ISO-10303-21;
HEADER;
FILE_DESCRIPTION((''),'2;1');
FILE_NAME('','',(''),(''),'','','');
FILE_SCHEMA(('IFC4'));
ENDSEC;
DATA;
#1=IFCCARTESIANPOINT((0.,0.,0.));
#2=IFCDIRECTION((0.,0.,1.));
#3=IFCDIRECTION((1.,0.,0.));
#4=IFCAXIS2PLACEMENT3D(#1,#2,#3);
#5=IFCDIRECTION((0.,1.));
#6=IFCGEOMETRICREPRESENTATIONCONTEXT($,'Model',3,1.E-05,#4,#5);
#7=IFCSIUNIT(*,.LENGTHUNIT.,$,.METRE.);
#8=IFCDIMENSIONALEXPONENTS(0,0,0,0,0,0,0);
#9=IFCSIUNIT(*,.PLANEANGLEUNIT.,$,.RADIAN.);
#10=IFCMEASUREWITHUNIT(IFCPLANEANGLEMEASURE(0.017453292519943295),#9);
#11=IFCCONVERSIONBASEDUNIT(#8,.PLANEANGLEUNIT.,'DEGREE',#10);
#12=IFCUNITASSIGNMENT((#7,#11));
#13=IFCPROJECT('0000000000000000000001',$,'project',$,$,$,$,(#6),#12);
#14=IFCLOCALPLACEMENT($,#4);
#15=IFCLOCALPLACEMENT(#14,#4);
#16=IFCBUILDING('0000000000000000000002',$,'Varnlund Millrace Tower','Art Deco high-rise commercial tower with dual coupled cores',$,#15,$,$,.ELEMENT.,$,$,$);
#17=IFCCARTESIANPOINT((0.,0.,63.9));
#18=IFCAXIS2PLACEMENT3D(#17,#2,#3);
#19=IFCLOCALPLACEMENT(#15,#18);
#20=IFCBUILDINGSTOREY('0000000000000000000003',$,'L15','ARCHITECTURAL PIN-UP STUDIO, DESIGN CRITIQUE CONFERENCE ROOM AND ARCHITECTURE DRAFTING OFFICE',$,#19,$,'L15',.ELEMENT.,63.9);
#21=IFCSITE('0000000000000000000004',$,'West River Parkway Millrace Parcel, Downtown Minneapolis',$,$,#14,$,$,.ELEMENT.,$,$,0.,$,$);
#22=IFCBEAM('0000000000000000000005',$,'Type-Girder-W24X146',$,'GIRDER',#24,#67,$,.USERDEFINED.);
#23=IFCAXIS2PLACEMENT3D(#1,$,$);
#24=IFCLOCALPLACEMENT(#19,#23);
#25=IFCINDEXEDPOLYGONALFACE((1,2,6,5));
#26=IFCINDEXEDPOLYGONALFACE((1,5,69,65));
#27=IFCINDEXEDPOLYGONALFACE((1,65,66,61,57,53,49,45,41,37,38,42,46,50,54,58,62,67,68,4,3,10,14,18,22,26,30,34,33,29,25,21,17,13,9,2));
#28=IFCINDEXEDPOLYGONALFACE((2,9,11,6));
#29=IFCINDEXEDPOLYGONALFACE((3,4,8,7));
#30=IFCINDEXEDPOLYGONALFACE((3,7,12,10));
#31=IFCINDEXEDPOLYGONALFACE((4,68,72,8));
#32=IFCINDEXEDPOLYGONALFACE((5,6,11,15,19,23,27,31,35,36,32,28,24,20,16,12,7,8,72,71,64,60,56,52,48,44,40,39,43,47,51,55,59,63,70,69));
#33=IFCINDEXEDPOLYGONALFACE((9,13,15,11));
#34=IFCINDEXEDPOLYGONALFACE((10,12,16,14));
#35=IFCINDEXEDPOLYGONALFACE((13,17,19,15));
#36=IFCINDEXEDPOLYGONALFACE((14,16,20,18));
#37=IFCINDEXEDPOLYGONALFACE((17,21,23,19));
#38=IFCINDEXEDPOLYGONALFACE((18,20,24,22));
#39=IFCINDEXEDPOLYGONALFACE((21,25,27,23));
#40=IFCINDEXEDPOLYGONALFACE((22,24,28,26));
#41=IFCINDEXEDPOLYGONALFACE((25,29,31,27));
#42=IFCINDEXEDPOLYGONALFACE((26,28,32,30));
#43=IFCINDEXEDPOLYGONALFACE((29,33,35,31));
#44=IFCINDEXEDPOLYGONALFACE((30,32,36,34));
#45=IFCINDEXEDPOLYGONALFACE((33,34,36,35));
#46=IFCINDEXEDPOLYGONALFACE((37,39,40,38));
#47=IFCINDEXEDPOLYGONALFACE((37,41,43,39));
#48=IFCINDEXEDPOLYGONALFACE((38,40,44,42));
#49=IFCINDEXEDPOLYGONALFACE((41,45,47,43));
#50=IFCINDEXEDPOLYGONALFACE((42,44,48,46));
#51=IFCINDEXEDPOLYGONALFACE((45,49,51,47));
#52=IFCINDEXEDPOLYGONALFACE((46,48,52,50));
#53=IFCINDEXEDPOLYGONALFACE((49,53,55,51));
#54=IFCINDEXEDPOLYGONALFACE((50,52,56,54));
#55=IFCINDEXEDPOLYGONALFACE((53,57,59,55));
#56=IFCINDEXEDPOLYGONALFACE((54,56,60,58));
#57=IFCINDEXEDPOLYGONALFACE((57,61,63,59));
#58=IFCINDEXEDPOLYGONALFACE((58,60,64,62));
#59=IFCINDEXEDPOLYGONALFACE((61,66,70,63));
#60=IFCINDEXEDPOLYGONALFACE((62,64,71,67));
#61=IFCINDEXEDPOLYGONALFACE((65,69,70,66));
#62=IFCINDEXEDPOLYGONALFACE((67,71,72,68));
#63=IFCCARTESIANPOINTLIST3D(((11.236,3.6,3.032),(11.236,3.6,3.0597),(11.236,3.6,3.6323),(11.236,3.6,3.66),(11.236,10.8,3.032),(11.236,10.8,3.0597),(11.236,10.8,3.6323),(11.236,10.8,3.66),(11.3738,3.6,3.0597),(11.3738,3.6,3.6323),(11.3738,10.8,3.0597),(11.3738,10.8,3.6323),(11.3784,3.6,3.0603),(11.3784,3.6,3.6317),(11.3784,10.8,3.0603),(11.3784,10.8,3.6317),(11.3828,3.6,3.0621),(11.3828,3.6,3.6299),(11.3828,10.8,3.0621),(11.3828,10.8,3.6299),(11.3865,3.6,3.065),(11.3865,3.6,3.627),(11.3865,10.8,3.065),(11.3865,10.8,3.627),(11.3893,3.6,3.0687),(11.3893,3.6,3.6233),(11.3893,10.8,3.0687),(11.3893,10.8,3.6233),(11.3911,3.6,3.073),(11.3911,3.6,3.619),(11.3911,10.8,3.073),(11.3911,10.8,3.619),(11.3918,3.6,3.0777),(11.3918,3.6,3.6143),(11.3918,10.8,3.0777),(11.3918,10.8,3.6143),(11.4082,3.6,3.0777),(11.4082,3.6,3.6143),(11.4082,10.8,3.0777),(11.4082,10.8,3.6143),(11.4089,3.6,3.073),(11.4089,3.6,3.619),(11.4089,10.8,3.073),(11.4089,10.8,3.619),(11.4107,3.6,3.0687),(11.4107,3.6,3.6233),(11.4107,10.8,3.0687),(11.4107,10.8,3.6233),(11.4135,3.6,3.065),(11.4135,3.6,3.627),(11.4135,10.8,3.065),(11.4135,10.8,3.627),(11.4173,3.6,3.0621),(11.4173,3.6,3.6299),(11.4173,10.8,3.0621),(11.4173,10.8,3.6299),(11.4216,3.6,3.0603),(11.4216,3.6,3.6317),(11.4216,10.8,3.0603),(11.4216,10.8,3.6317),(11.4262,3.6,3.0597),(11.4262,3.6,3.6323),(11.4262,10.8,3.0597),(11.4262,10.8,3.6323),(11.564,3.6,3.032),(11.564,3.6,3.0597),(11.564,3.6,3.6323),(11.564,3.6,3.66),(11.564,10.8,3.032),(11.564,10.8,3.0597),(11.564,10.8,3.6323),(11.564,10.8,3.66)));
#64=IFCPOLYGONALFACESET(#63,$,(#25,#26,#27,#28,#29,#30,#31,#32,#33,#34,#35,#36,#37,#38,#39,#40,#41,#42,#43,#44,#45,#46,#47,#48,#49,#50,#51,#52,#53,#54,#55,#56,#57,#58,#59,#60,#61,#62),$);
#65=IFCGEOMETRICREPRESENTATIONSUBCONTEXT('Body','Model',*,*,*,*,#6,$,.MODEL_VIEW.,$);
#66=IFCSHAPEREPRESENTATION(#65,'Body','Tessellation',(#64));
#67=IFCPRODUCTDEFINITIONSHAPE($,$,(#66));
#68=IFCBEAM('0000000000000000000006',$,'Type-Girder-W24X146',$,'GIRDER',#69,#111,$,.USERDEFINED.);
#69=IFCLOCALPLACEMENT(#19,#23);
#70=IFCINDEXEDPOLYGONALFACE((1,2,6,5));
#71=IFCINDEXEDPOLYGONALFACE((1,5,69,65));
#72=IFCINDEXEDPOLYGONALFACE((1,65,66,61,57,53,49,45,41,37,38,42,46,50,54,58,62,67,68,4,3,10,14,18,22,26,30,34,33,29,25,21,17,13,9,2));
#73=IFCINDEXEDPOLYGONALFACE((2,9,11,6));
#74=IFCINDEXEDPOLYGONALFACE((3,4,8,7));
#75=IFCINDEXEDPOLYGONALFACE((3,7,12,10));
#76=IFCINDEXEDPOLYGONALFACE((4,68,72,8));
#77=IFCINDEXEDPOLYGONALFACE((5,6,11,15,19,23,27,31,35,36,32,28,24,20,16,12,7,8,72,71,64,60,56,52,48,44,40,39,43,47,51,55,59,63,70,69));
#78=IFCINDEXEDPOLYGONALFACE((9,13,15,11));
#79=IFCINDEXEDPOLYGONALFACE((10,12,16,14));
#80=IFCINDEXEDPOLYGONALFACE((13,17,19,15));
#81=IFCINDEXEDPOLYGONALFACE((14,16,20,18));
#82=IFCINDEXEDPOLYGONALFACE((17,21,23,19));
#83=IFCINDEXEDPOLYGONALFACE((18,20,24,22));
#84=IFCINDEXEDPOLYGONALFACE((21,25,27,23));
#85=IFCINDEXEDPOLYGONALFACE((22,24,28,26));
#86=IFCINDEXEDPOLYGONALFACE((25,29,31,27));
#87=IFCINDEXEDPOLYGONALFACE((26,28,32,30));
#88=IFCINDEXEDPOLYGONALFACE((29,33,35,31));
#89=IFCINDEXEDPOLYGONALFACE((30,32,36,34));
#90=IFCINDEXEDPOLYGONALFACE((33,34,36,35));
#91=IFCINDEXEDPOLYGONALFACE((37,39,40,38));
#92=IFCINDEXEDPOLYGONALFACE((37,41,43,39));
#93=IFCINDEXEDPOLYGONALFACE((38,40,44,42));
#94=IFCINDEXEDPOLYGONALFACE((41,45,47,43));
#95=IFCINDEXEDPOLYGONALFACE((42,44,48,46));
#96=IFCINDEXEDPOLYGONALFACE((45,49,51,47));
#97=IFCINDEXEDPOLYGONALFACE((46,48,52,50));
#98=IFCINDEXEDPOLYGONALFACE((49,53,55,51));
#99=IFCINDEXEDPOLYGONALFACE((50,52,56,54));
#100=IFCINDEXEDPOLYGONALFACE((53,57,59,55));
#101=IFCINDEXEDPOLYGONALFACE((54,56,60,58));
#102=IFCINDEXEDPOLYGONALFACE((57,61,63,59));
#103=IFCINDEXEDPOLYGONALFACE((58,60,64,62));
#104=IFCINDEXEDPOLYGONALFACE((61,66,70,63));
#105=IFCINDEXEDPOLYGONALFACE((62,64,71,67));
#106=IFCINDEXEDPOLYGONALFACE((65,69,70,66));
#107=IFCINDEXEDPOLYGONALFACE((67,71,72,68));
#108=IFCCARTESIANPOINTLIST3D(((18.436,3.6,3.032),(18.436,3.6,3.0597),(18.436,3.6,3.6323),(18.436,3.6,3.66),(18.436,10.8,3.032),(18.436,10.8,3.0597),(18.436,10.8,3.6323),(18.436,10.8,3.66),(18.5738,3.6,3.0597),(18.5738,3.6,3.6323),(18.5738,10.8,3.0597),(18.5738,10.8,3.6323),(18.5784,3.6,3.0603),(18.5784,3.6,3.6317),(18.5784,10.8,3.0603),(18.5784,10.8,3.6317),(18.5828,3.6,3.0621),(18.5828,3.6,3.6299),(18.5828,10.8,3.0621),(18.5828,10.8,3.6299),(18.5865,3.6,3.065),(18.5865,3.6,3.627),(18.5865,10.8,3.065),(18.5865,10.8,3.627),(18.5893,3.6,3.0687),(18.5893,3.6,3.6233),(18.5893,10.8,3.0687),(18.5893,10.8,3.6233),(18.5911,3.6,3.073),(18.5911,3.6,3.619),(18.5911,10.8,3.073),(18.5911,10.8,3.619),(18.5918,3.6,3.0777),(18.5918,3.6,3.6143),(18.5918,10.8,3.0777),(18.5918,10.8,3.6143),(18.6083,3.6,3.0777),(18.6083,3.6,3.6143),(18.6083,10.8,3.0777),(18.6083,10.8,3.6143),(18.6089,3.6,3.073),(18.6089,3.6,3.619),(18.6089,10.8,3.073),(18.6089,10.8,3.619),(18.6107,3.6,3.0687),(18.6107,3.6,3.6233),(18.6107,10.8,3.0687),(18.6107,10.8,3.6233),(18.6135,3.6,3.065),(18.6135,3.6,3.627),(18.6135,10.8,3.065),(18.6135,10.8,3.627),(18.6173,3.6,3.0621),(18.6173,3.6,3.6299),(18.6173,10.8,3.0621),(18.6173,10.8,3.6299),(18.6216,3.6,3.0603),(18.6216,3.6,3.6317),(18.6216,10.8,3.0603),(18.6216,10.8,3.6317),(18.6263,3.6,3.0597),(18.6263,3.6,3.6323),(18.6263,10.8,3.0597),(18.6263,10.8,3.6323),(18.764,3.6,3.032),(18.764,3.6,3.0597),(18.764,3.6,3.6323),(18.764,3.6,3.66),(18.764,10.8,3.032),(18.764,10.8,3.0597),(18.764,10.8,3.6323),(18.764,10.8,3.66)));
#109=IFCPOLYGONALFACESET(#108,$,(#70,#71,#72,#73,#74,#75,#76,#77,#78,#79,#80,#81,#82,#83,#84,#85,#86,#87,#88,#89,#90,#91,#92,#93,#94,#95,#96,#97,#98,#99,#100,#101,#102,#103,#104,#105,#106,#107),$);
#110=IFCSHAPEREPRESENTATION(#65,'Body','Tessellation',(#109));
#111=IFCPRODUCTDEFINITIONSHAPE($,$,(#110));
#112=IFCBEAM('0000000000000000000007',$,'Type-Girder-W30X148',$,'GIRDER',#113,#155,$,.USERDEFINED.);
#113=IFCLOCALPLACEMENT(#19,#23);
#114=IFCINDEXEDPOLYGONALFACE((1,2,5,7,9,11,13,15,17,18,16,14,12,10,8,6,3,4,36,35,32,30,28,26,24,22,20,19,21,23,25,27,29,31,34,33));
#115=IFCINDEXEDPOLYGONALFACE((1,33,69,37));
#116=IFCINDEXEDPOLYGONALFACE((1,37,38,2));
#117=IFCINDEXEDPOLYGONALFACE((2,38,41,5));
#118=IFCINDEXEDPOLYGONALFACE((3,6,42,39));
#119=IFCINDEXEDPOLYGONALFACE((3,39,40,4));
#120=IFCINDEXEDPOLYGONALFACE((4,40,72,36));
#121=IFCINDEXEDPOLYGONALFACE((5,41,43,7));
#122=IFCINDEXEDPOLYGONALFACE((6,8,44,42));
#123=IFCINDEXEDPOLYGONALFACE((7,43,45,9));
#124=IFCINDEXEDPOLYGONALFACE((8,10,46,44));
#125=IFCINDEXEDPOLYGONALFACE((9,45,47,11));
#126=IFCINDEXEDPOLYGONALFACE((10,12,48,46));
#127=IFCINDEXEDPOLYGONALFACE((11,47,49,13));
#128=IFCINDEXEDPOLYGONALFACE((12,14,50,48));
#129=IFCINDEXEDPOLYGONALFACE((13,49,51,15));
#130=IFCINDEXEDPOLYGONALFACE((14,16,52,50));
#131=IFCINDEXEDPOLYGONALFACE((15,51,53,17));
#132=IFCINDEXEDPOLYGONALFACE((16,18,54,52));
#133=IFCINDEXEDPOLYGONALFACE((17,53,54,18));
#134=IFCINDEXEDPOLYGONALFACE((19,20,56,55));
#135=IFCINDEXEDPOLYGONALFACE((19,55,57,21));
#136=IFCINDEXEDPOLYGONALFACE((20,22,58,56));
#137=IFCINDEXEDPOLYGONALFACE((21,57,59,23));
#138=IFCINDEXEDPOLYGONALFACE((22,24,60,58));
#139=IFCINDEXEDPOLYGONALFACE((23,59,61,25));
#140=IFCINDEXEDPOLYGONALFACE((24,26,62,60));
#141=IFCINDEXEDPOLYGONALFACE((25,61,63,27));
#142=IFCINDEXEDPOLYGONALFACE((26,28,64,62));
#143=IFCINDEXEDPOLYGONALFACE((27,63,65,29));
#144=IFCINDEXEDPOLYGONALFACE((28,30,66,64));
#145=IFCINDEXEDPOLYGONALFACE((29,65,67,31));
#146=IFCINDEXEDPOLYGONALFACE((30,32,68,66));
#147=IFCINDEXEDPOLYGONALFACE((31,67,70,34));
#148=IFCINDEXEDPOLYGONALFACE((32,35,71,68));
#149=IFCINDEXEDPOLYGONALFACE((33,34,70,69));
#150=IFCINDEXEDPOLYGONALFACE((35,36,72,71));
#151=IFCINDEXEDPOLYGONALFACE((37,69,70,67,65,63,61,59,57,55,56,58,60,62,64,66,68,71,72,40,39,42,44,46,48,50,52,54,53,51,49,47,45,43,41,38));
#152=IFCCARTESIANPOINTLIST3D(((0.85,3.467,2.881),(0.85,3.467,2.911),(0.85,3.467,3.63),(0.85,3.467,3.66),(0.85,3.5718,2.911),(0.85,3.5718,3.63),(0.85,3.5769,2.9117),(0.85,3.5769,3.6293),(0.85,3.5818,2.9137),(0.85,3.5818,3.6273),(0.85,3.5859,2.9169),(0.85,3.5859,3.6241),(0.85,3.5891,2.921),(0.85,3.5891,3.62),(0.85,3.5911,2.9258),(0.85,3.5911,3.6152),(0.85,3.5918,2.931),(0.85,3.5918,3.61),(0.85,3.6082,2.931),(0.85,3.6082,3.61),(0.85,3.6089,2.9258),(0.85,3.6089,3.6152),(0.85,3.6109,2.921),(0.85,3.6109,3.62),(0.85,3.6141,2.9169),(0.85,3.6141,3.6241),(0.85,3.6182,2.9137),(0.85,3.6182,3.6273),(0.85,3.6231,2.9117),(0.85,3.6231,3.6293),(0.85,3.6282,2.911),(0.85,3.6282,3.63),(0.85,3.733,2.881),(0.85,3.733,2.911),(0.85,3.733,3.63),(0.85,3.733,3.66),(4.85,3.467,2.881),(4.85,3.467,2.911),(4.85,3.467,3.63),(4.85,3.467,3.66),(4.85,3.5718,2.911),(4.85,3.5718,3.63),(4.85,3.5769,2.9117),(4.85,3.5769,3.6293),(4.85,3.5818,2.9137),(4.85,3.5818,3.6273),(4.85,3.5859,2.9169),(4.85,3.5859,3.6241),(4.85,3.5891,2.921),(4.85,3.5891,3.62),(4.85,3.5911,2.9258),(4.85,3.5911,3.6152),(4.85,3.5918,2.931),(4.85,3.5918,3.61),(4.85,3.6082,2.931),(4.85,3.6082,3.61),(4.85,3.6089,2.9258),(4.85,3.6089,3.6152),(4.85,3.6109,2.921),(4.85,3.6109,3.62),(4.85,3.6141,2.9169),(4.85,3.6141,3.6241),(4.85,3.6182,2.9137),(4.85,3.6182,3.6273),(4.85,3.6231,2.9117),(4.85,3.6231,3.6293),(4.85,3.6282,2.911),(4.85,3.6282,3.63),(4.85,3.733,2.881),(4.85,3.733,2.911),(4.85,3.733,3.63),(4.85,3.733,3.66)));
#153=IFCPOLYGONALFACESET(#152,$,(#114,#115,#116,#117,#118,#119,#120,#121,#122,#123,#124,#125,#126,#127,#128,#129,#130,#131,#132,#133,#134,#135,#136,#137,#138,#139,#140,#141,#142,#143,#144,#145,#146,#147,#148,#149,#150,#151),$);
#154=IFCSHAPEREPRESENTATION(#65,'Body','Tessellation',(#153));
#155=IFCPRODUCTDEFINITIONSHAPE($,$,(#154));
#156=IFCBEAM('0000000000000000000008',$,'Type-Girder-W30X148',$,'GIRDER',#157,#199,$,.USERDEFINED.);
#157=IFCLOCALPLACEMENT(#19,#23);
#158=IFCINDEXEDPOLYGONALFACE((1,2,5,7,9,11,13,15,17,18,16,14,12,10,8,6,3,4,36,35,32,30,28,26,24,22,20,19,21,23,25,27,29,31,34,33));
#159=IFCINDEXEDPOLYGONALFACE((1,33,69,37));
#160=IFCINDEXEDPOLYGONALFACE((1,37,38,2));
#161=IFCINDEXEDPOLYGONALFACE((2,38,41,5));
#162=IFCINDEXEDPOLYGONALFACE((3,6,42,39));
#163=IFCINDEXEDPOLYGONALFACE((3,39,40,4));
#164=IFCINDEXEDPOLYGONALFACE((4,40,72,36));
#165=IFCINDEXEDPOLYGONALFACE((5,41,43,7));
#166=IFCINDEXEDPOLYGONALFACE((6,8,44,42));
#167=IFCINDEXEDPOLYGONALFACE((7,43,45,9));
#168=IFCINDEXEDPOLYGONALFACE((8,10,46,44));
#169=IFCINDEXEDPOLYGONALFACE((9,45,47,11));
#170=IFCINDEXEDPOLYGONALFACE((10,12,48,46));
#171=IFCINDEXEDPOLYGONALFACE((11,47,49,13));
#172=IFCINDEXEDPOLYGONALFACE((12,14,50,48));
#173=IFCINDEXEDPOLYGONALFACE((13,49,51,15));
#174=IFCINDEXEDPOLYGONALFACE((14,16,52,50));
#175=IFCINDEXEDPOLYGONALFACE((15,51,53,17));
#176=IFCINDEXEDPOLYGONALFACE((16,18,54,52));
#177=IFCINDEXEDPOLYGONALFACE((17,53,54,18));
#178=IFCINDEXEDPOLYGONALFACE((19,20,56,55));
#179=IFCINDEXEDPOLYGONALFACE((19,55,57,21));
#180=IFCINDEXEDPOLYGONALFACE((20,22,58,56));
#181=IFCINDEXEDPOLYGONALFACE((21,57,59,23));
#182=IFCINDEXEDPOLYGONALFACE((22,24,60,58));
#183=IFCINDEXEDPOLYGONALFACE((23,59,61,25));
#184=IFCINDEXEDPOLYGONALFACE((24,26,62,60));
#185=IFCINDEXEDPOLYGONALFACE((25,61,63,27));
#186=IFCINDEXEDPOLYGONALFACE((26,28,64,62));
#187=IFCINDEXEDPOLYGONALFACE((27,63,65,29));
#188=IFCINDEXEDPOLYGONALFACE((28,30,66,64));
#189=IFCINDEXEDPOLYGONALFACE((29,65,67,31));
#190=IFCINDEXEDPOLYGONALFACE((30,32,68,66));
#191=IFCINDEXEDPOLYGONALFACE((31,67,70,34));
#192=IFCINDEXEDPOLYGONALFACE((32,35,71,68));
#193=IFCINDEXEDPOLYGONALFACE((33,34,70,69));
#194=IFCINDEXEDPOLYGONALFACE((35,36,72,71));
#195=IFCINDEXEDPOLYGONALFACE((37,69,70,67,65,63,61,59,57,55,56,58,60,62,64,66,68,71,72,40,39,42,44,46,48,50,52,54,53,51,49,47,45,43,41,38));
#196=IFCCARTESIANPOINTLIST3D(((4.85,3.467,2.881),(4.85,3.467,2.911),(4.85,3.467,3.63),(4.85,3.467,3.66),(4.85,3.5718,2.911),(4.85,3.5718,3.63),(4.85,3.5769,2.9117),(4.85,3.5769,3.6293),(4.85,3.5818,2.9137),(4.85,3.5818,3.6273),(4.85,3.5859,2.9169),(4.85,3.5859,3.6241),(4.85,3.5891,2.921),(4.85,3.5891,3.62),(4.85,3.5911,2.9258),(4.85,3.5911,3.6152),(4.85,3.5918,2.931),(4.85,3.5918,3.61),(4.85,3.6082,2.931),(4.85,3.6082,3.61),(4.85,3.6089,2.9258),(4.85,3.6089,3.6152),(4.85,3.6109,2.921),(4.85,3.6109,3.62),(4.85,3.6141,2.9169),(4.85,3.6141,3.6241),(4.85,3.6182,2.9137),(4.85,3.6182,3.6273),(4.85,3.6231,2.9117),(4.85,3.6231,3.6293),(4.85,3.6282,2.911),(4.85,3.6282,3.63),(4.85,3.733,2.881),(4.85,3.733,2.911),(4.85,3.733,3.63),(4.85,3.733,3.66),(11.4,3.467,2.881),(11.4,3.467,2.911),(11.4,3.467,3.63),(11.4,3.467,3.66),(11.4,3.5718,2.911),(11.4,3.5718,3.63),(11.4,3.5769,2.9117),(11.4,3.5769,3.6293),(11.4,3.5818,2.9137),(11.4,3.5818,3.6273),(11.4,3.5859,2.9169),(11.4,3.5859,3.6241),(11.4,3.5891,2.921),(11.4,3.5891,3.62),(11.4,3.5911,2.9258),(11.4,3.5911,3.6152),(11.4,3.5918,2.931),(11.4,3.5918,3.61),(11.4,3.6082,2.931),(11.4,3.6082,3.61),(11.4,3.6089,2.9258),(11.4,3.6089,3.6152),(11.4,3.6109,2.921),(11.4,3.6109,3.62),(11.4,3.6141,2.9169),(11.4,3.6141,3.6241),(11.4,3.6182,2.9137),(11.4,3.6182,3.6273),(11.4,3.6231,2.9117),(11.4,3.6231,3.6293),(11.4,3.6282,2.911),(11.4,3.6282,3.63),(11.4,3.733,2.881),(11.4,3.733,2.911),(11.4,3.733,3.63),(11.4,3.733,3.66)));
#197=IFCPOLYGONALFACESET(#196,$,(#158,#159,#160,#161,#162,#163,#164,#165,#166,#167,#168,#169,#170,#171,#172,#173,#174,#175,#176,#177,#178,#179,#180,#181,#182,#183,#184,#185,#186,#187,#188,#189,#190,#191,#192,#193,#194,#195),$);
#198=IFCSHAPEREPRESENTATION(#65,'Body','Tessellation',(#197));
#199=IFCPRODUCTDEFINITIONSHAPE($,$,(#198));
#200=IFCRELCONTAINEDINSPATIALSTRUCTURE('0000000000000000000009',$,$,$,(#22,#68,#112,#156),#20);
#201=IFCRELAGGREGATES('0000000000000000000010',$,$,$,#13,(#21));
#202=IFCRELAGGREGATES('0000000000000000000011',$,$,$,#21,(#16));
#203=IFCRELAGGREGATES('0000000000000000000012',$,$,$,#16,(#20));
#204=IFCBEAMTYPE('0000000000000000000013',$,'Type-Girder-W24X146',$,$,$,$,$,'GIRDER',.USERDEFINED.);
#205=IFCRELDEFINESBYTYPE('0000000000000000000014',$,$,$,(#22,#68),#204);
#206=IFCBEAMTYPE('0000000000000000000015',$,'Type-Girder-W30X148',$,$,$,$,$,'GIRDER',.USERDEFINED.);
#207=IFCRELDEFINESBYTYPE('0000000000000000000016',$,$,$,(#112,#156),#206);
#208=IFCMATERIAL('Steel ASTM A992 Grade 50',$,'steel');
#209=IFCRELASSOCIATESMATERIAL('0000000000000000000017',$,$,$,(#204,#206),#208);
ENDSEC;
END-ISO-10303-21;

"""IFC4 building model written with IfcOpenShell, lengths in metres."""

from ifc_helpers import new_model, entity, si_unit, converted_unit, direction, frame, origin_with_axes, origin_2d_with_axis, place, context, subcontext, project, spatial, i_section, extrude, material, material_profile, profile_set, type_object, element, save


model = new_model("IFC4")

# Units and contexts
model_context = context("Model", 3, precision=1e-05, world=origin_with_axes(), true_north=direction((0.0, 1.0)))
body_context = subcontext(model_context, "Body", "Model", "MODEL_VIEW")
ifc_project = project(units=[si_unit("LENGTHUNIT", "METRE"), converted_unit("PLANEANGLEUNIT", "DEGREE", entity("IfcPlaneAngleMeasure", 0.017453292519943295), si_unit("PLANEANGLEUNIT", "RADIAN"), dimensions=[0, 0, 0, 0, 0, 0, 0])], contexts=[model_context])

# Site, building, storey
site_placement = place(None, origin_with_axes())
site = spatial("IfcSite", under=ifc_project, at=site_placement, Name="West River Parkway Millrace Parcel, Downtown Minneapolis", CompositionType="ELEMENT", RefElevation=0.0)
building_placement = place(site_placement, origin_with_axes())
building = spatial("IfcBuilding", under=site, at=building_placement, Name="Varnlund Millrace Tower", Description="Art Deco high-rise commercial tower with dual coupled cores", CompositionType="ELEMENT")
storey_placement = place(building_placement, frame((0.0, 0.0, 63.9), z_axis=(0.0, 0.0, 1.0), x_axis=(1.0, 0.0, 0.0)))
storey = spatial("IfcBuildingStorey", under=building, at=storey_placement, Name="L15", Description="ARCHITECTURAL PIN-UP STUDIO, DESIGN CRITIQUE CONFERENCE ROOM AND ARCHITECTURE DRAFTING OFFICE", LongName="L15", CompositionType="ELEMENT", Elevation=63.9)

# Beams
ifc_material_1 = material(Name="Steel ASTM A992 Grade 50", Category="steel")
ifc_material_profile_1 = material_profile(ifc_material_1, i_section(OverallWidth=0.328, OverallDepth=0.628, WebThickness=0.0165, FlangeThickness=0.0277, FilletRadius=0.018, at=origin_2d_with_axis()), Name="Steel ASTM A992 Grade 50")
ifc_profile_set_1 = profile_set([ifc_material_profile_1], Name="Steel ASTM A992 Grade 50")
beam_type_1 = type_object("IfcBeamType", Name="Type-Girder-W24X146", ElementType="GIRDER", PredefinedType="USERDEFINED", material=ifc_profile_set_1)
for number, where, z_axis, x_axis, name in (
    (1, (11.4, 3.6, 3.346), (0.0, 1.0, 0.0), (-1.0, 0.0, 0.0), "Type-Girder-W24X146"),
    (2, (18.6, 3.6, 3.346), (0.0, 1.0, 0.0), (-1.0, 0.0, 0.0), "Type-Girder-W24X146"),
):
    element("IfcBeam", number, at=place(storey_placement, frame(where, z_axis=z_axis, x_axis=x_axis)), inside=storey, type_object=beam_type_1, Name=name, ObjectType="GIRDER", PredefinedType="USERDEFINED", context=body_context, shape_type="SweptSolid", body=[
        extrude(i_section(OverallWidth=0.328, OverallDepth=0.628, WebThickness=0.0165, FlangeThickness=0.0277, FilletRadius=0.018, at=origin_2d_with_axis()), origin_with_axes(), (0.0, 0.0, 1.0), 7.2),
    ])
ifc_material_profile_2 = material_profile(ifc_material_1, i_section(OverallWidth=0.266, OverallDepth=0.779, WebThickness=0.0165, FlangeThickness=0.03, FilletRadius=0.02, at=origin_2d_with_axis()), Name="Steel ASTM A992 Grade 50")
ifc_profile_set_2 = profile_set([ifc_material_profile_2], Name="Steel ASTM A992 Grade 50")
beam_type_2 = type_object("IfcBeamType", Name="Type-Girder-W30X148", ElementType="GIRDER", PredefinedType="USERDEFINED", material=ifc_profile_set_2)
beam_1_placement = place(storey_placement, frame((0.85, 3.6, 3.2705), z_axis=(1.0, 0.0, 0.0), x_axis=(0.0, 1.0, 0.0)))
element("IfcBeam", 3, at=beam_1_placement, inside=storey, type_object=beam_type_2, Name="Type-Girder-W30X148", ObjectType="GIRDER", PredefinedType="USERDEFINED", context=body_context, shape_type="SweptSolid", body=[
    extrude(i_section(OverallWidth=0.266, OverallDepth=0.779, WebThickness=0.0165, FlangeThickness=0.03, FilletRadius=0.02, at=origin_2d_with_axis()), origin_with_axes(), (0.0, 0.0, 1.0), 4.0),
])
beam_2_placement = place(storey_placement, frame((4.85, 3.6, 3.2705), z_axis=(1.0, 0.0, 0.0), x_axis=(0.0, 1.0, 0.0)))
element("IfcBeam", 4, at=beam_2_placement, inside=storey, type_object=beam_type_2, Name="Type-Girder-W30X148", ObjectType="GIRDER", PredefinedType="USERDEFINED", context=body_context, shape_type="SweptSolid", body=[
    extrude(i_section(OverallWidth=0.266, OverallDepth=0.779, WebThickness=0.0165, FlangeThickness=0.03, FilletRadius=0.02, at=origin_2d_with_axis()), origin_with_axes(), (0.0, 0.0, 1.0), 6.55),
])

save(model, "model.ifc")
